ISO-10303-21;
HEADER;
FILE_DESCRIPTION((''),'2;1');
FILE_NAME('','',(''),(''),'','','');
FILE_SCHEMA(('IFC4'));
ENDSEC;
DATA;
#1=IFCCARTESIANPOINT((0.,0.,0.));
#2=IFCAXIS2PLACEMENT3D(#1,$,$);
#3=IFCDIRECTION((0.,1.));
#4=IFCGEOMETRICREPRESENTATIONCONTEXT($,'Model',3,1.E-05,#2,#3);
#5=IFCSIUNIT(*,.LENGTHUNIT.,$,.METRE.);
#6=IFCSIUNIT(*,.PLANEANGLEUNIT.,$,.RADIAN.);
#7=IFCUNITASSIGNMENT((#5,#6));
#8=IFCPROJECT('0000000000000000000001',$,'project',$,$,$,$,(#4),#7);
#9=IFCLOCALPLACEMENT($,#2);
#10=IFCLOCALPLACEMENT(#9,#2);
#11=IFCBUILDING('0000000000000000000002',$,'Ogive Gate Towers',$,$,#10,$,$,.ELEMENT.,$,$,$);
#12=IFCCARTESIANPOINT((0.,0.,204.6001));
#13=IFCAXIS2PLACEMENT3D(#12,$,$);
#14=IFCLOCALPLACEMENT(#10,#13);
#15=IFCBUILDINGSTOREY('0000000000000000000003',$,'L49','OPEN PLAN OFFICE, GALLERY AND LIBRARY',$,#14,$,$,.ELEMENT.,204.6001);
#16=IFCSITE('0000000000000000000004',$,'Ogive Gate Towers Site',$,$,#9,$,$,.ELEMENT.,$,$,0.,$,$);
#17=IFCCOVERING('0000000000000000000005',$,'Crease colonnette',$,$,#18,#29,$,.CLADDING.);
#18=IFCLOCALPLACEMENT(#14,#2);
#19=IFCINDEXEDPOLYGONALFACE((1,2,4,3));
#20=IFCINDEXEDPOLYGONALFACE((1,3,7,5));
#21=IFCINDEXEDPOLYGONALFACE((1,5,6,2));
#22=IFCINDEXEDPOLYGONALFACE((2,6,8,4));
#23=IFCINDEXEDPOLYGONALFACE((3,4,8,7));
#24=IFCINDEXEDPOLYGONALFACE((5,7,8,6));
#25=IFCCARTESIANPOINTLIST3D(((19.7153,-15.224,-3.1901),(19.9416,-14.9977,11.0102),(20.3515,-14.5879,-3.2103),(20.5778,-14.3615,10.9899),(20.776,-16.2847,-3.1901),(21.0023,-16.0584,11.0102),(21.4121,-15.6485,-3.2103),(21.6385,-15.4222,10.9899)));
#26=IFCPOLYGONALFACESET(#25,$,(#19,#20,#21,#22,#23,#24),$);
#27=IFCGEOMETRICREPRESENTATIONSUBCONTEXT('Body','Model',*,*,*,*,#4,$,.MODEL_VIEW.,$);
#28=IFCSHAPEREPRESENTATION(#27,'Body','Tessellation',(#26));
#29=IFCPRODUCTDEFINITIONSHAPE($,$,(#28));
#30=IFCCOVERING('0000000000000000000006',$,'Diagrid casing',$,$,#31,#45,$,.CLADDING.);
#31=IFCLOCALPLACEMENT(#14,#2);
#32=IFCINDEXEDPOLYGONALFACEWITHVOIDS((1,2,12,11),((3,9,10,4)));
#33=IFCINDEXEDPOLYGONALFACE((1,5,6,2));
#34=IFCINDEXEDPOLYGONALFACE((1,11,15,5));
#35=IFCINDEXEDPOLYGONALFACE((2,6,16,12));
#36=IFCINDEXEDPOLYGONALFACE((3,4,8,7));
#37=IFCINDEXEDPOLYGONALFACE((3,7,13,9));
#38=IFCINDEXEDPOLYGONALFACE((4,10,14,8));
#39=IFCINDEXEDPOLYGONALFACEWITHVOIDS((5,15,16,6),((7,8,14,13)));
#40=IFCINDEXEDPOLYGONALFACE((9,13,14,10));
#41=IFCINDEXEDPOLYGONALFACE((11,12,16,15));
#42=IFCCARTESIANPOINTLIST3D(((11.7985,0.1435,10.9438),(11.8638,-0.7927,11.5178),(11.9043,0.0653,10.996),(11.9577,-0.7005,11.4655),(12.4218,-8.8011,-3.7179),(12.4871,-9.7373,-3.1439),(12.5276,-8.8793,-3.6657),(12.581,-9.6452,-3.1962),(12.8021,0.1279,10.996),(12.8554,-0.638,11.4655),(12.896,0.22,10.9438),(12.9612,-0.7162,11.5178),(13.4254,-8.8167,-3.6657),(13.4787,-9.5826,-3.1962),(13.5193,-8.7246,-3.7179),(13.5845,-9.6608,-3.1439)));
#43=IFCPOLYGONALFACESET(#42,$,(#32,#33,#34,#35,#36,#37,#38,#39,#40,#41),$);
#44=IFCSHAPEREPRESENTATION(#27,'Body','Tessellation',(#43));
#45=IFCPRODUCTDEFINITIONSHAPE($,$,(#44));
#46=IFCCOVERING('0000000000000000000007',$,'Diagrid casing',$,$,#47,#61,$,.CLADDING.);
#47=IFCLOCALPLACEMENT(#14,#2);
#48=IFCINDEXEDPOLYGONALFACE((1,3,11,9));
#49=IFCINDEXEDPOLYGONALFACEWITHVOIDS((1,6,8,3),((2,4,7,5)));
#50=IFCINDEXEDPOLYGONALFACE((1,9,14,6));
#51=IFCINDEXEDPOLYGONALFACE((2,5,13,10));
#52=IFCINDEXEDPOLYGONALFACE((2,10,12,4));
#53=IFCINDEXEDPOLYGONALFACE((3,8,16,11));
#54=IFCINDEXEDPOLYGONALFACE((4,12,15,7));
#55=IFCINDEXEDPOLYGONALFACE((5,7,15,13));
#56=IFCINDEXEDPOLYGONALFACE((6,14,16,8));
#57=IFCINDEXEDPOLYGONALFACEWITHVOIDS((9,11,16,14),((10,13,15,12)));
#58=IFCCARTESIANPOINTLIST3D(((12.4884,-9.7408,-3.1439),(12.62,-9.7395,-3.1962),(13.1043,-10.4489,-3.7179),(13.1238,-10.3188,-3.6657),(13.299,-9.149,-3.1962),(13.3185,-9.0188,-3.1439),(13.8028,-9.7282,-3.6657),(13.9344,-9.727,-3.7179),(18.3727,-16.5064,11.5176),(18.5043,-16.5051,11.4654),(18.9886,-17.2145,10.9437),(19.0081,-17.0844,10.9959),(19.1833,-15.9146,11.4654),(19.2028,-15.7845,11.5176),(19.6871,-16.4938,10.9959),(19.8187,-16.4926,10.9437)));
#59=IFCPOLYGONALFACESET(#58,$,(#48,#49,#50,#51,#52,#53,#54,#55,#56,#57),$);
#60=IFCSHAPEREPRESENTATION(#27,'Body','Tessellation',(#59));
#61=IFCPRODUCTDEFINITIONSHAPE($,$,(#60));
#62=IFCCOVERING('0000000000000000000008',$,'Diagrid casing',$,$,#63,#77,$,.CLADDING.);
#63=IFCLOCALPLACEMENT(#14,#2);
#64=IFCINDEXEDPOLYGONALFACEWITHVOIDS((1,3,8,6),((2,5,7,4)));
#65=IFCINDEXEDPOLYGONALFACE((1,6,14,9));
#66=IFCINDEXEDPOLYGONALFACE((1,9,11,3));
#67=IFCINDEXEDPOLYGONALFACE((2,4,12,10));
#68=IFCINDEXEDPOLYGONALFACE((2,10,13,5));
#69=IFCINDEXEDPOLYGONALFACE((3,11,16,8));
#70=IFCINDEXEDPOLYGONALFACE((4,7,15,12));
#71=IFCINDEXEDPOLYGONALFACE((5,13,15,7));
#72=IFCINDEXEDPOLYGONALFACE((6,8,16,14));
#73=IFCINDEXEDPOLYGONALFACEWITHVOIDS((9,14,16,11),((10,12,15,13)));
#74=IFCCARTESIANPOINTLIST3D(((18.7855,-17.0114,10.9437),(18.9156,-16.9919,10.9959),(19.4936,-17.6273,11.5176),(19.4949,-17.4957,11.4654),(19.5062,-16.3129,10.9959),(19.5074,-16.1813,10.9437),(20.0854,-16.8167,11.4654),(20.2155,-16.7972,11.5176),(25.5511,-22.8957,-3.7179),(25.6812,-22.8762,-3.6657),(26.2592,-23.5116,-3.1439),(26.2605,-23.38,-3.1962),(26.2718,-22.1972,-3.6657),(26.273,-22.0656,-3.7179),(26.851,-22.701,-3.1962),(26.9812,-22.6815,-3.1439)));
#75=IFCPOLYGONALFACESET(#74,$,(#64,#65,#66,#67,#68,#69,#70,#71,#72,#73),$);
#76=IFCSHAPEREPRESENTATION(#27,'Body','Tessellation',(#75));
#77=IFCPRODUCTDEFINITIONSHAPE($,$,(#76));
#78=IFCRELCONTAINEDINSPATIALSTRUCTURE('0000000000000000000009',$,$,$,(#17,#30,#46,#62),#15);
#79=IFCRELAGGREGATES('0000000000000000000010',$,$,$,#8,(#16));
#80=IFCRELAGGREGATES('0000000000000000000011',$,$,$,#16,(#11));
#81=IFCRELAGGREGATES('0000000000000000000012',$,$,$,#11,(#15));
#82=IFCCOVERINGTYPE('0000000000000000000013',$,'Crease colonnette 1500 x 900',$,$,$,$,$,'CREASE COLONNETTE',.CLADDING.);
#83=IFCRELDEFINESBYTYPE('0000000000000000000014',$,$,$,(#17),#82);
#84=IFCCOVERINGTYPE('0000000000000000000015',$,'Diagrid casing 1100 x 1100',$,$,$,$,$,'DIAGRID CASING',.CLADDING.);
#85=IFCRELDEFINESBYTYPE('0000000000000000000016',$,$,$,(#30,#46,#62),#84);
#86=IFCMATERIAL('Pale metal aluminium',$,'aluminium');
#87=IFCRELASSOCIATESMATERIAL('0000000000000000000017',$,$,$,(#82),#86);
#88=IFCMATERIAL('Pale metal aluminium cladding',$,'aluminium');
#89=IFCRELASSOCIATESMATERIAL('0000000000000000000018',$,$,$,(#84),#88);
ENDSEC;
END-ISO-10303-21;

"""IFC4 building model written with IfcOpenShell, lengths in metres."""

from ifc_helpers import new_model, si_unit, direction, frame, origin, origin_2d, place, context, subcontext, project, spatial, rectangle, hollow_rectangle, extrude, material, material_profile, profile_set, type_object, element, save


model = new_model("IFC4")

# Units and contexts
model_context = context("Model", 3, precision=1e-05, world=origin(), true_north=direction((0.0, 1.0)))
body_context = subcontext(model_context, "Body", "Model", "MODEL_VIEW")
ifc_project = project(units=[si_unit("LENGTHUNIT", "METRE"), si_unit("PLANEANGLEUNIT", "RADIAN")], contexts=[model_context])

# Site, building, storey
site_placement = place(None, origin())
site = spatial("IfcSite", under=ifc_project, at=site_placement, Name="Ogive Gate Towers Site", CompositionType="ELEMENT", RefElevation=0.0)
building_placement = place(site_placement, origin())
building = spatial("IfcBuilding", under=site, at=building_placement, Name="Ogive Gate Towers", CompositionType="ELEMENT")
storey_placement = place(building_placement, frame((0.0, 0.0, 204.6001)))
storey = spatial("IfcBuildingStorey", under=building, at=storey_placement, Name="L49", Description="OPEN PLAN OFFICE, GALLERY AND LIBRARY", CompositionType="ELEMENT", Elevation=204.6001)

# Coverings
ifc_material_1 = material(Name="Pale metal aluminium", Category="aluminium")
ifc_material_profile_1 = material_profile(ifc_material_1, rectangle(XDim=1.5, YDim=0.8999, at=origin_2d()), Name="1500 x 900 pale metal aluminium")
ifc_profile_set_1 = profile_set([ifc_material_profile_1], Name="Pale metal aluminium")
covering_type_1 = type_object("IfcCoveringType", Name="Crease colonnette 1500 x 900", ElementType="CREASE COLONNETTE", PredefinedType="CLADDING", material=ifc_profile_set_1)
covering_placement = place(storey_placement, frame((20.5637, -15.4363, -3.2002), z_axis=(0.015934, 0.015934, 0.999746), x_axis=(-0.707107, 0.707107, 0.0)))
element("IfcCovering", 1, at=covering_placement, inside=storey, type_object=covering_type_1, Name="Crease colonnette", PredefinedType="CLADDING", context=body_context, shape_type="SweptSolid", body=[
    extrude(rectangle(XDim=1.5, YDim=0.8999, at=origin_2d()), origin(), (0.0, 0.0, 1.0), 14.2039),
])
ifc_material_2 = material(Name="Pale metal aluminium cladding", Category="aluminium")
ifc_material_profile_2 = material_profile(ifc_material_2, hollow_rectangle(XDim=1.1001, YDim=1.1001, WallThickness=0.1001, at=origin_2d()), Name="1100 x 1100 pale metal casing")
ifc_profile_set_2 = profile_set([ifc_material_profile_2], Name="Pale metal aluminium cladding")
covering_type_2 = type_object("IfcCoveringType", Name="Diagrid casing 1100 x 1100", ElementType="DIAGRID CASING", PredefinedType="CLADDING", material=ifc_profile_set_2)
for number, where, z_axis, x_axis, name in (
    (2, (13.0032, -9.231, -3.4309), (-0.036267, 0.520459, 0.853116), (-0.997581, -0.069515, 0.0), "Diagrid casing"),
    (3, (13.2114, -9.7339, -3.4309), (0.342386, -0.393669, 0.85311), (0.754543, 0.65625, 0.0), "Diagrid casing"),
    (4, (26.2661, -22.7886, -3.4309), (-0.393669, 0.342386, 0.85311), (-0.65625, -0.754543, 0.0), "Diagrid casing"),
):
    element("IfcCovering", number, at=place(storey_placement, frame(where, z_axis=z_axis, x_axis=x_axis)), inside=storey, type_object=covering_type_2, Name=name, PredefinedType="CLADDING", context=body_context, shape_type="SweptSolid", body=[
        extrude(hollow_rectangle(XDim=1.1001, YDim=1.1001, WallThickness=0.1001, at=origin_2d()), origin(), (0.0, 0.0, 1.0), 17.186),
    ])

save(model, "model.ifc")
